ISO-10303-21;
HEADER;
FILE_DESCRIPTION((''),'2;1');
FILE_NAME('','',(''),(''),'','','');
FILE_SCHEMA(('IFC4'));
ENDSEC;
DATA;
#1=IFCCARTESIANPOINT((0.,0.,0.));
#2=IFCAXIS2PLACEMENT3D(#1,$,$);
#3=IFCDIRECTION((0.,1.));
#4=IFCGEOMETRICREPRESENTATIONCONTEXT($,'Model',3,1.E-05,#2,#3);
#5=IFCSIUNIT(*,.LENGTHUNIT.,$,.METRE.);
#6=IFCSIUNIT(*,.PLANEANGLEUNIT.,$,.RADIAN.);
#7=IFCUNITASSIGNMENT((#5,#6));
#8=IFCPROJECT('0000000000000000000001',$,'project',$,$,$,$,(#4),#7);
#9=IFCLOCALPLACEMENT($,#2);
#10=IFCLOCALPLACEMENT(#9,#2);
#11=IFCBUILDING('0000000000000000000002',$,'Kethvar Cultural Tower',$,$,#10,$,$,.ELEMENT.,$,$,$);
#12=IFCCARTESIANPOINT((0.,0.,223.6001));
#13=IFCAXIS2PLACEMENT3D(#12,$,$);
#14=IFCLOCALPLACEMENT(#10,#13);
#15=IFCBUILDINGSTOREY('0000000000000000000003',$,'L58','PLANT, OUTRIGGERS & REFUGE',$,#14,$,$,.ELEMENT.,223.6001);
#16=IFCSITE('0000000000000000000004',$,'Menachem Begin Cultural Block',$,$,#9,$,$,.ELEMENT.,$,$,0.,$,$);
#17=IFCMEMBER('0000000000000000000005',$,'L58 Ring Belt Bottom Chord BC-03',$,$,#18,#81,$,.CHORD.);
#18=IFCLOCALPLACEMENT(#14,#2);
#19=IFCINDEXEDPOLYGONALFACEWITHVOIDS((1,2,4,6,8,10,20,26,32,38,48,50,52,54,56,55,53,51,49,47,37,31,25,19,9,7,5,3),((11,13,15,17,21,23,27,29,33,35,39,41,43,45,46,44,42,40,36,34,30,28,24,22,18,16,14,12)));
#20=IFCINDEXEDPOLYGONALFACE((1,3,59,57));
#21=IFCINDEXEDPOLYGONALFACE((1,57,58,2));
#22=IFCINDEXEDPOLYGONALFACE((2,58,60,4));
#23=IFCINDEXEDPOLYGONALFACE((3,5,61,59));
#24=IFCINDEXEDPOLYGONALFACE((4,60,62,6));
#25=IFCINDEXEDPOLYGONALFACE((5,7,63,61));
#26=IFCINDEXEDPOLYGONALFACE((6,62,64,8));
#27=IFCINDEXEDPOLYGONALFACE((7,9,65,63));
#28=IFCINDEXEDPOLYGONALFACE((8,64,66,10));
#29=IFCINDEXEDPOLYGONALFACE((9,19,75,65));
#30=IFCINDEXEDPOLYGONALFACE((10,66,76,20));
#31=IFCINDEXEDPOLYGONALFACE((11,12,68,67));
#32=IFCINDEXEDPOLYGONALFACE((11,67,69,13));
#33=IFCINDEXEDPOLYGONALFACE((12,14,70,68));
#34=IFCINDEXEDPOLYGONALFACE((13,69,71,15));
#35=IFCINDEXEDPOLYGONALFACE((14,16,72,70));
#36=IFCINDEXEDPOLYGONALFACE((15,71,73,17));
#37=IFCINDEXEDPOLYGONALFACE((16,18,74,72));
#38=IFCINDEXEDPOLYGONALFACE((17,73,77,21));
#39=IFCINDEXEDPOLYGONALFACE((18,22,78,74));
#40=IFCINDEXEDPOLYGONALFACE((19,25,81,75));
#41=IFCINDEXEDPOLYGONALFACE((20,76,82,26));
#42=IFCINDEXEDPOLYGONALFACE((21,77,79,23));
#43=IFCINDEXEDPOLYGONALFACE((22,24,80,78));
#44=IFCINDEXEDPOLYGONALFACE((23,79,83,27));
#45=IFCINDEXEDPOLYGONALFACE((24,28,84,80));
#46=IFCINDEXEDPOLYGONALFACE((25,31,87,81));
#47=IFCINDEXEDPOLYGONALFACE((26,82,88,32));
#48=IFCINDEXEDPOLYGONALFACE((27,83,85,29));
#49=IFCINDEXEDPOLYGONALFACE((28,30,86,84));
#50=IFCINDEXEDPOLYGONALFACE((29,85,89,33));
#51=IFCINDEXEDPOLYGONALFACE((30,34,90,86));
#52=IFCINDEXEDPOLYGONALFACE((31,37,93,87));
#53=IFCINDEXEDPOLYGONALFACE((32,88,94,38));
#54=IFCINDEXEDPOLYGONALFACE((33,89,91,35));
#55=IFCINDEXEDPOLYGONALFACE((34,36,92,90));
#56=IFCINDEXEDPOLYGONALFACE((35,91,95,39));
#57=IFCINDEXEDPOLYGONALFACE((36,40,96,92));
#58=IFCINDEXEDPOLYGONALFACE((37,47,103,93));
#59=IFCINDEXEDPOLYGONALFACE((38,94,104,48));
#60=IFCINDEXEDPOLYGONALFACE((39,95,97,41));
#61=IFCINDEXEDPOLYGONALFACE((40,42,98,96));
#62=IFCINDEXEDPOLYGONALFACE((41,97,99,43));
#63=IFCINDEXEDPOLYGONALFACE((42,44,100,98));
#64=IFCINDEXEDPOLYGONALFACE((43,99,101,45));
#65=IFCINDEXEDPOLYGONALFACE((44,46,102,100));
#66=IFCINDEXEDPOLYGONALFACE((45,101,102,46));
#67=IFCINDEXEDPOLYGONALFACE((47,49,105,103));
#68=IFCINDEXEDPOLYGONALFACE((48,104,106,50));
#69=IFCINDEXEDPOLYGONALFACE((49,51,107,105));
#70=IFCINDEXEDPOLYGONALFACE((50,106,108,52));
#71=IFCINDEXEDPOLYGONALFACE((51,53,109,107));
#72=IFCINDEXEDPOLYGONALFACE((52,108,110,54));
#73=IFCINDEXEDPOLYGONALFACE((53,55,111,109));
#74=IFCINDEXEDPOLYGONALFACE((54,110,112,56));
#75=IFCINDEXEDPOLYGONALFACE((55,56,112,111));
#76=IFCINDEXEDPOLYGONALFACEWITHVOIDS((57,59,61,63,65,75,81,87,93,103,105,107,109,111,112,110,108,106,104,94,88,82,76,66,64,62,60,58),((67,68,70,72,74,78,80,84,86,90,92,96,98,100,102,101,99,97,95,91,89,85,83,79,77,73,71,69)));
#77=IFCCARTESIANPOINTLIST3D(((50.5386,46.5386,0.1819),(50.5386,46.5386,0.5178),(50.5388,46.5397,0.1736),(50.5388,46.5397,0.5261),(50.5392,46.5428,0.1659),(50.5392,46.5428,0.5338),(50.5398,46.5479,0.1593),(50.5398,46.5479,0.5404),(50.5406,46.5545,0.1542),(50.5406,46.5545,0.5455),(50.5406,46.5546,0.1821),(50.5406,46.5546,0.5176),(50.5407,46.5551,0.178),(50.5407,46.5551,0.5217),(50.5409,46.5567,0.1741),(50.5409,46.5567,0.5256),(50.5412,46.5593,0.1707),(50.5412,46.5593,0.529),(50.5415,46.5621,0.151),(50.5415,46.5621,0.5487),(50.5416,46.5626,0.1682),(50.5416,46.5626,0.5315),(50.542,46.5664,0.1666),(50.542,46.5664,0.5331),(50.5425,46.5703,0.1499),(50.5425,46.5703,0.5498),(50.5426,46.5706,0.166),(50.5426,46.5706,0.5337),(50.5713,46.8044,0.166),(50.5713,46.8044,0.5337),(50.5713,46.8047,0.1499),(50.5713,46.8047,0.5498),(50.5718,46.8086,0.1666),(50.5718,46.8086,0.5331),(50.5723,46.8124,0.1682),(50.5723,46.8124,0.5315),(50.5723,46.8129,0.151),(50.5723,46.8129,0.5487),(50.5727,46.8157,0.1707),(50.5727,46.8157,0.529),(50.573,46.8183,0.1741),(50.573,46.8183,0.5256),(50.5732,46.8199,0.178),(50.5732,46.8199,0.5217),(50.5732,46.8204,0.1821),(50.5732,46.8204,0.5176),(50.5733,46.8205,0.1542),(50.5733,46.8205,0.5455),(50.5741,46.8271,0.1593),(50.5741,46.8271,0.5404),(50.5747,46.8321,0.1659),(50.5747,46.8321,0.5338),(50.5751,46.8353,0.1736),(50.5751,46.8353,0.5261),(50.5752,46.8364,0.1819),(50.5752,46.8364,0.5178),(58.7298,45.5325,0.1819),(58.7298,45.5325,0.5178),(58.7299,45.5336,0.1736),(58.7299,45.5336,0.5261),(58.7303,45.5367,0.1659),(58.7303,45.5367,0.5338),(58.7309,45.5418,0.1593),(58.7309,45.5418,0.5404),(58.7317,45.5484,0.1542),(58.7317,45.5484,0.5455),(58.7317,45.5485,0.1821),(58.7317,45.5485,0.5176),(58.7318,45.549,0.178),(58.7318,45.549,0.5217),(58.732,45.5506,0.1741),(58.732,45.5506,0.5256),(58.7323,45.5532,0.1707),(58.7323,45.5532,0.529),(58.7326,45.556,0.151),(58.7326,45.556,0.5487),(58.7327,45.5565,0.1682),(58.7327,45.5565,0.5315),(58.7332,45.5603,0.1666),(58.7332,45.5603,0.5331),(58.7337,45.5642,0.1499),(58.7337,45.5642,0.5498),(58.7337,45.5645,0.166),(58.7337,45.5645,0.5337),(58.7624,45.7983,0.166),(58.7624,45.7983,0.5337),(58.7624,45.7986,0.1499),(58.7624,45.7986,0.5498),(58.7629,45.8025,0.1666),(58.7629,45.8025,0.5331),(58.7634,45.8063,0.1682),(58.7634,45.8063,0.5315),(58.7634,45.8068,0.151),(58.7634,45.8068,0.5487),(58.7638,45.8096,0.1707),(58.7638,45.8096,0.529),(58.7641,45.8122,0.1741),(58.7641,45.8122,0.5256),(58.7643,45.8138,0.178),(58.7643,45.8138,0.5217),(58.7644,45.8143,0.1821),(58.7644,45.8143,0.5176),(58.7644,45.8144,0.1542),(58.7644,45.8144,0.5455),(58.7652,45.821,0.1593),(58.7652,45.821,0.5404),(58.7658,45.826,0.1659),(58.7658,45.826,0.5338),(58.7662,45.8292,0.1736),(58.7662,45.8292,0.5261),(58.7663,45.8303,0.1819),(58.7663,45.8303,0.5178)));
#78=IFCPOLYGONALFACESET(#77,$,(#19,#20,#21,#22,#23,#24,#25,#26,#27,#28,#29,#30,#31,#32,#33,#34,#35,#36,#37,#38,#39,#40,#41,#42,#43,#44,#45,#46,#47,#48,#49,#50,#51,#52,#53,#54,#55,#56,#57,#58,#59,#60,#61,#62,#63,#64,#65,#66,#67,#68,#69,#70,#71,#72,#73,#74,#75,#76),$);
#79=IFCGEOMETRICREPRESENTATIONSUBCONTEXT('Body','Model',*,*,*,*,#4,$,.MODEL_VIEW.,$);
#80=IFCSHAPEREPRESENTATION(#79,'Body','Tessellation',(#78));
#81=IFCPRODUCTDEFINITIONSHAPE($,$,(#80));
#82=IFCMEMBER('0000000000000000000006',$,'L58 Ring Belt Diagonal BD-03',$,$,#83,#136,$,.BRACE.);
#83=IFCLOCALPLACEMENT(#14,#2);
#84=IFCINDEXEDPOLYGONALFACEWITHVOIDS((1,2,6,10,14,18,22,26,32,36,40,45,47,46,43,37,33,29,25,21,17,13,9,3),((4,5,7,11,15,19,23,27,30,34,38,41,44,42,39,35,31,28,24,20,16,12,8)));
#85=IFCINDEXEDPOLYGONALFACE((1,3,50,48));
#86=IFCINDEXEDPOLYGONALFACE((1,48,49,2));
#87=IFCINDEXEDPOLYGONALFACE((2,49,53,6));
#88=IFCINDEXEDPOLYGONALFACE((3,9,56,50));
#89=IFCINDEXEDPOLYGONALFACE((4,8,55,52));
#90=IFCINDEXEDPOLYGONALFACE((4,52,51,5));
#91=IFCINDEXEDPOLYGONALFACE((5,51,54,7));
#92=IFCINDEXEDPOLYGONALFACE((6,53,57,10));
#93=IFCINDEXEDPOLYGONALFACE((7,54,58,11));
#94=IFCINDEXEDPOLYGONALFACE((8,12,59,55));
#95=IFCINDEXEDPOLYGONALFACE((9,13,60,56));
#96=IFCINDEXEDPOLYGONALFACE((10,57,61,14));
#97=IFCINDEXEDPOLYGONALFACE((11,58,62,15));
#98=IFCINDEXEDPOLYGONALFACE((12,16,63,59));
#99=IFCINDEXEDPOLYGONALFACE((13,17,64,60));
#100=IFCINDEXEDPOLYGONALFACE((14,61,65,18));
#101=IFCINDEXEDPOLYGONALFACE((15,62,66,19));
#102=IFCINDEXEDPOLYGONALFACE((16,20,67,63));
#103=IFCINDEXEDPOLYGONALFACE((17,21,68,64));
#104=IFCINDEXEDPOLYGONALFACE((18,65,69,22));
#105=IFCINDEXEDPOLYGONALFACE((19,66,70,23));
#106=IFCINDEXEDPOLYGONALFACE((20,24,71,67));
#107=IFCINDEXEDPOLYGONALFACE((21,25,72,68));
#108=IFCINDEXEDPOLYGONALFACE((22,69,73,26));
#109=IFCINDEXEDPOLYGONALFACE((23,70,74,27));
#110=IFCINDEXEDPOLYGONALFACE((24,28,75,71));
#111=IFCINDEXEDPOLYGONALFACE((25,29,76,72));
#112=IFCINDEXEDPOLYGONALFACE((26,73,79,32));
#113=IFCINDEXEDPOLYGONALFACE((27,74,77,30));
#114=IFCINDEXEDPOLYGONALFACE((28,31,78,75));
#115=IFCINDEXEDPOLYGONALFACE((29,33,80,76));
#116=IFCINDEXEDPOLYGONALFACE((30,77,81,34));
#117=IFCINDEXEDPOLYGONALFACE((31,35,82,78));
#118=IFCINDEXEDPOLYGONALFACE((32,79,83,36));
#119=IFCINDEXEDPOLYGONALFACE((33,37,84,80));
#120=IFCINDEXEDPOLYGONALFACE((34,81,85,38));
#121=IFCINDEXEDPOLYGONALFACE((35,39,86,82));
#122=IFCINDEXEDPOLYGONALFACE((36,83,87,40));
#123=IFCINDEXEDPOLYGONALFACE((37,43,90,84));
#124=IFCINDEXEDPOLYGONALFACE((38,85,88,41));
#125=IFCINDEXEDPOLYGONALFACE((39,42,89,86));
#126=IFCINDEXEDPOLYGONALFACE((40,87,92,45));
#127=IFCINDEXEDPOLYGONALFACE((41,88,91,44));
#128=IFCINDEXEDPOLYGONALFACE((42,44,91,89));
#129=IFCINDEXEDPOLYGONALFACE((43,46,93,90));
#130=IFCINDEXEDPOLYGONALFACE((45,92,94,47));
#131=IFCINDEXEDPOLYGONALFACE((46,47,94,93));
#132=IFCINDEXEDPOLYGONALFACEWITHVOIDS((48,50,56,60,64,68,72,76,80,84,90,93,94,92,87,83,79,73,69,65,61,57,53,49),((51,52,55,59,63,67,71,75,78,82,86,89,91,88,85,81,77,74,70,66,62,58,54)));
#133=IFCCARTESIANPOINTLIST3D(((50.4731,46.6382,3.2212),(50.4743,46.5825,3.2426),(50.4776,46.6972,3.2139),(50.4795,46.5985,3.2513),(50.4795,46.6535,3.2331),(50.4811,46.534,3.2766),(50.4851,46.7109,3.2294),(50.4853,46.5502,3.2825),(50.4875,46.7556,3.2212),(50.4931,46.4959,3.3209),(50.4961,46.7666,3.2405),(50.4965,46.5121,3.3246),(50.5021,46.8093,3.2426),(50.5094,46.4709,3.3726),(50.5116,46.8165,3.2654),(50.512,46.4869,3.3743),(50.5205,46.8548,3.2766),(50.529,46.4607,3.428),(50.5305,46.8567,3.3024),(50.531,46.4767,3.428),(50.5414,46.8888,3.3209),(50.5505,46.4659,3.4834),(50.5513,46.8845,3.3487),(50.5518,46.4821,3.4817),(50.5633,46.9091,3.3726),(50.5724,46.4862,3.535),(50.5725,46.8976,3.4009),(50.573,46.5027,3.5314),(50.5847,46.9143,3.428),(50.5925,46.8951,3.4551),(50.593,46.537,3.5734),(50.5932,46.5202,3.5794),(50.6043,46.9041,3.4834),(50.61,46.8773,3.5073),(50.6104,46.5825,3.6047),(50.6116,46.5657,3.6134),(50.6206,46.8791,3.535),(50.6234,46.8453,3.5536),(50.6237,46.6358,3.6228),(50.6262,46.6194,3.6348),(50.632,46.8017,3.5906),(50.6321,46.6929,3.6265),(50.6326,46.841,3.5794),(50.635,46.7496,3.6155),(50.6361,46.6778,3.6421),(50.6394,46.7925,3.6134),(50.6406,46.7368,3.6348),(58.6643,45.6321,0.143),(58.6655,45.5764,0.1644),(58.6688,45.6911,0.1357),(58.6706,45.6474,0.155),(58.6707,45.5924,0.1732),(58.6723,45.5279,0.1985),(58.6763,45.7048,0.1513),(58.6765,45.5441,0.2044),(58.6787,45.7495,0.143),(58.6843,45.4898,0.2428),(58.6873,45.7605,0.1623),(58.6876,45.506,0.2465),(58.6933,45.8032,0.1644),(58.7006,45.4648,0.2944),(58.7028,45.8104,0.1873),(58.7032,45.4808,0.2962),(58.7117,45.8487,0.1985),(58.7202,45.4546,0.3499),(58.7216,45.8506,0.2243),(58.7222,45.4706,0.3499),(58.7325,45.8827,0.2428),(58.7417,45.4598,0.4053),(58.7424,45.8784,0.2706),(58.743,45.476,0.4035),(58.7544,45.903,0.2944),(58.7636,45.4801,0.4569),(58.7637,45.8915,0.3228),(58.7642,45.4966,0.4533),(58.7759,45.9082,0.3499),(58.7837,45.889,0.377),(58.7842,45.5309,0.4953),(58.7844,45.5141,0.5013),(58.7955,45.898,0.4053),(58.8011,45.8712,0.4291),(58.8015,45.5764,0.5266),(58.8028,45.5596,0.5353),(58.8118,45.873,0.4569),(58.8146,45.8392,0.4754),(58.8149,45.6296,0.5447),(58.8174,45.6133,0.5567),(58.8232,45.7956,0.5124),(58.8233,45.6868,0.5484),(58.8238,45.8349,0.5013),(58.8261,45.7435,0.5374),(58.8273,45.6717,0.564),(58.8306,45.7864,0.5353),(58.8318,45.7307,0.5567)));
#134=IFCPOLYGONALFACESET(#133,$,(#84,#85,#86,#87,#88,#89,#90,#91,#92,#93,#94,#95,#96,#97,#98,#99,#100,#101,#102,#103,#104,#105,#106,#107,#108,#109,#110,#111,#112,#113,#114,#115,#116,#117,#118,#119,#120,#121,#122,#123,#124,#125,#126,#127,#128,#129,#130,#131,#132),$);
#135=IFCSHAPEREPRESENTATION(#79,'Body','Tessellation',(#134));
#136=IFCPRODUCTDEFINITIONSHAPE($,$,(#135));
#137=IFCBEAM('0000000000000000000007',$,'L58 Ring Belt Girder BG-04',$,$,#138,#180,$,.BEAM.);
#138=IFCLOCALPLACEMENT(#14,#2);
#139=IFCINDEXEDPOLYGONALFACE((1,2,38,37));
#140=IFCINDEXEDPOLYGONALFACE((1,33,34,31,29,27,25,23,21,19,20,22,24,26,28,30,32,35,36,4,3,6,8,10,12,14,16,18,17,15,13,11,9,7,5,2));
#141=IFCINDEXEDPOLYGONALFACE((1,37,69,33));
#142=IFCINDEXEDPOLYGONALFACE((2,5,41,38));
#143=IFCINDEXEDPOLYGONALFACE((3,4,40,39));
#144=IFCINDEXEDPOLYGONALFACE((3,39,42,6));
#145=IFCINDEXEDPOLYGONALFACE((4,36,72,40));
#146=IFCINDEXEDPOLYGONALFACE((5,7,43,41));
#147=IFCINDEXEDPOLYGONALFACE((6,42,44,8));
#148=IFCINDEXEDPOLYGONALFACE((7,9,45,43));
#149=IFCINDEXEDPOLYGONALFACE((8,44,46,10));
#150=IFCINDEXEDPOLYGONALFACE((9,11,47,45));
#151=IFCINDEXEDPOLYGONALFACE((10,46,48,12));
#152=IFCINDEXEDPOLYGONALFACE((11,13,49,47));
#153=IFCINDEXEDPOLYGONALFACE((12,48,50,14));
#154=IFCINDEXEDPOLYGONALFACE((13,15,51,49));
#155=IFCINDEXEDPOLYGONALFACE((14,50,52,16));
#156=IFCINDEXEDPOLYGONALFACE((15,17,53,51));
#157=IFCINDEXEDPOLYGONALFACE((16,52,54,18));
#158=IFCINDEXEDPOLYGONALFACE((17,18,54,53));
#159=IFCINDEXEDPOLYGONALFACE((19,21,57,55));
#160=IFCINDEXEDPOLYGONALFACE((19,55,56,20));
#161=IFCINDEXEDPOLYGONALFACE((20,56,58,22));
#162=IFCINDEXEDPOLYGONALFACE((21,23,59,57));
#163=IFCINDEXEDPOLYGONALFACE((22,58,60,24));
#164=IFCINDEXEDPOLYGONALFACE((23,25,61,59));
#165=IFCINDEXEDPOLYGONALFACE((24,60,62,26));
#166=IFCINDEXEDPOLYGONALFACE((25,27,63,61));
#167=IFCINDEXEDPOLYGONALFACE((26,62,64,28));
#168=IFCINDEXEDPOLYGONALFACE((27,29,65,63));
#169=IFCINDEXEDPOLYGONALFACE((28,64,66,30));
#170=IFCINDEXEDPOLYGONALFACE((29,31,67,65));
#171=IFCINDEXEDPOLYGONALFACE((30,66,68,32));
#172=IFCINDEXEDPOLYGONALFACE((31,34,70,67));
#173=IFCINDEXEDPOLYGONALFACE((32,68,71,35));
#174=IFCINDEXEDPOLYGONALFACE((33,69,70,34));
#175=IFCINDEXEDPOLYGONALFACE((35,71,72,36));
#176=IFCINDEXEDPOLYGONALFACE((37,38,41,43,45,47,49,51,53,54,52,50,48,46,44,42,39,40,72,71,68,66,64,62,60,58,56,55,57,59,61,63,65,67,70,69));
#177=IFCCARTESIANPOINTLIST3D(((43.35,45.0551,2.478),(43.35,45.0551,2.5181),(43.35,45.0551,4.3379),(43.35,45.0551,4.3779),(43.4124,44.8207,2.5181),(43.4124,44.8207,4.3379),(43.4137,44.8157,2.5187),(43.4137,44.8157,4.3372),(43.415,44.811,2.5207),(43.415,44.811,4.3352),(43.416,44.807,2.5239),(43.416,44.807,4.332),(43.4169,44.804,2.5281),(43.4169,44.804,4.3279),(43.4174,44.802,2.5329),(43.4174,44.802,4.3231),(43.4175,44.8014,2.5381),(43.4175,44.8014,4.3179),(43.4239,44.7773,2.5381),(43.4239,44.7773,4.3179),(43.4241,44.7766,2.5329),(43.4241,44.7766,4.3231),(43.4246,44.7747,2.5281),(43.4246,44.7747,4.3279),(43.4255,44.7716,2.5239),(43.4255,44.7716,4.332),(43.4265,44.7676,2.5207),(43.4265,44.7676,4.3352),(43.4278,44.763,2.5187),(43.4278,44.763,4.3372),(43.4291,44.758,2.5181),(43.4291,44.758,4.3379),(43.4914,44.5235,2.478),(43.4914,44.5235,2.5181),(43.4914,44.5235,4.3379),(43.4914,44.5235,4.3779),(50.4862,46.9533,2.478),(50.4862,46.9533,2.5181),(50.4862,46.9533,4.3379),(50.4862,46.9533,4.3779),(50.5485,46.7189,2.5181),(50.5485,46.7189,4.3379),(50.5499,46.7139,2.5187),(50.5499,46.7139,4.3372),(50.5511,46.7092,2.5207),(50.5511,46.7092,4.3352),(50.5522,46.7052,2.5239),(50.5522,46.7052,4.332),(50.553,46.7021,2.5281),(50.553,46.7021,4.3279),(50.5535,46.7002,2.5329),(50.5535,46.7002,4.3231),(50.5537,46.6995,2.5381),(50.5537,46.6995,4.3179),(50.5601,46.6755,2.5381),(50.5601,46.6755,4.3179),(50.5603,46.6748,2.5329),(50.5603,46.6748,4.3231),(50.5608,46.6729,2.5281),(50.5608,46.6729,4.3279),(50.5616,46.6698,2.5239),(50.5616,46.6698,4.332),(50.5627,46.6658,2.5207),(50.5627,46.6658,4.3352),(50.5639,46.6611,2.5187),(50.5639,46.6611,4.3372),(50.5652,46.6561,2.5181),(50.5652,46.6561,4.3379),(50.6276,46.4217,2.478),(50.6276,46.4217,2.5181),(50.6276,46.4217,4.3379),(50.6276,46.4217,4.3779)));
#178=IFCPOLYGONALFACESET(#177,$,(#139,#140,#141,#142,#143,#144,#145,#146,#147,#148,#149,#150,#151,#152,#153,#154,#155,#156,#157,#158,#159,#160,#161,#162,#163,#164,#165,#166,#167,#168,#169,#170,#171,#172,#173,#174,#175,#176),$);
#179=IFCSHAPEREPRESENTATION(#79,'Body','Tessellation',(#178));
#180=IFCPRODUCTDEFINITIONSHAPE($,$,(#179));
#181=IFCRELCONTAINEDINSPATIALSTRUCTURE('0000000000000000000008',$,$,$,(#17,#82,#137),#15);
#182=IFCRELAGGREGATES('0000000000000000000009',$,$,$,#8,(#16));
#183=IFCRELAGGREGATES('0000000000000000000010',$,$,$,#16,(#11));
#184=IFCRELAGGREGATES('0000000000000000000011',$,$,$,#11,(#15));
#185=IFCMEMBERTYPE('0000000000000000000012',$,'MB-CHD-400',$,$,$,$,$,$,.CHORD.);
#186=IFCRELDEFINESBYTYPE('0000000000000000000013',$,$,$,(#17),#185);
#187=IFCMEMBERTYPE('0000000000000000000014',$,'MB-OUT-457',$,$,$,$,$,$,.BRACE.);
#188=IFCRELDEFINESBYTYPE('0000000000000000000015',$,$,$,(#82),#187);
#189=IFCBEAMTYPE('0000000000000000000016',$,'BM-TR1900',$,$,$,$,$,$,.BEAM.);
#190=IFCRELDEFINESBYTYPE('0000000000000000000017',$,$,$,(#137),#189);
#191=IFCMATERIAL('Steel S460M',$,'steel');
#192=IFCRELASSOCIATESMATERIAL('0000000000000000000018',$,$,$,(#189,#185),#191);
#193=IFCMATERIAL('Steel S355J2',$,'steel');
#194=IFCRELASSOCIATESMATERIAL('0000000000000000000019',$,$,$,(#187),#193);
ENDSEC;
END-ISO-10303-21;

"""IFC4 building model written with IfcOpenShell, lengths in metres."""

from ifc_helpers import new_model, si_unit, direction, frame, origin, origin_2d, place, context, subcontext, project, spatial, hollow_rectangle, hollow_circle, i_section, extrude, source, transform, mapped, material, material_profile, profile_set, type_object, element, save


model = new_model("IFC4")

# Units and contexts
model_context = context("Model", 3, precision=1e-05, world=origin(), true_north=direction((0.0, 1.0)))
body_context = subcontext(model_context, "Body", "Model", "MODEL_VIEW")
ifc_project = project(units=[si_unit("LENGTHUNIT", "METRE"), si_unit("PLANEANGLEUNIT", "RADIAN")], contexts=[model_context])

# Site, building, storey
site_placement = place(None, origin())
site = spatial("IfcSite", under=ifc_project, at=site_placement, Name="Menachem Begin Cultural Block", CompositionType="ELEMENT", RefElevation=0.0)
building_placement = place(site_placement, origin())
building = spatial("IfcBuilding", under=site, at=building_placement, Name="Kethvar Cultural Tower", CompositionType="ELEMENT")
storey_placement = place(building_placement, frame((0.0, 0.0, 223.6001)))
storey = spatial("IfcBuildingStorey", under=building, at=storey_placement, Name="L58", Description="PLANT, OUTRIGGERS & REFUGE", CompositionType="ELEMENT", Elevation=223.6001)

# Shared definitions
ifc_material_1 = material(Name="Steel S460M", Category="steel")

# Shared definitions
ifc_material_profile_1 = material_profile(ifc_material_1, i_section(OverallWidth=0.55, OverallDepth=1.8999, WebThickness=0.0249, FlangeThickness=0.04, FilletRadius=0.02, at=origin_2d()), Name="Steel S460M — PG1900x550x40x25")
ifc_profile_set_1 = profile_set([ifc_material_profile_1], Name="Steel S460M — PG1900x550x40x25")
beam_type = type_object("IfcBeamType", Name="BM-TR1900", PredefinedType="BEAM", material=ifc_profile_set_1)

# Members
ifc_material_profile_2 = material_profile(ifc_material_1, hollow_rectangle(XDim=0.3, YDim=0.3999, WallThickness=0.0161, InnerFilletRadius=0.0161, OuterFilletRadius=0.032, at=origin_2d()), Name="Steel S460M — RHS400x300x16")
ifc_profile_set_2 = profile_set([ifc_material_profile_2], Name="Steel S460M — RHS400x300x16")
member_type_1 = type_object("IfcMemberType", Name="MB-CHD-400", PredefinedType="CHORD", material=ifc_profile_set_2)
shared_shape_1 = source(origin(), body_context, "Body", "SweptSolid", [
    extrude(hollow_rectangle(XDim=0.3, YDim=0.3999, WallThickness=0.0161, InnerFilletRadius=0.0161, OuterFilletRadius=0.032, at=origin_2d()), origin(), (0.0, 0.0, 1.0), 8.2527),
])
member_1_placement = place(storey_placement, frame((58.748, 45.6814, 0.3499), z_axis=(-0.992541, 0.121912, 0.0), x_axis=(-0.121912, -0.992541, 0.0)))
element("IfcMember", 1, at=member_1_placement, inside=storey, type_object=member_type_1, Name="L58 Ring Belt Bottom Chord BC-03", PredefinedType="CHORD", context=body_context, shape_type="MappedRepresentation", body=[
    mapped(shared_shape_1, transform((0.0, 0.0, 0.0), scale=1.0)),
])
ifc_material_2 = material(Name="Steel S355J2", Category="steel")
ifc_material_profile_3 = material_profile(ifc_material_2, hollow_circle(Radius=0.2285, WallThickness=0.0161, at=origin_2d()), Name="Steel S355J2 — CHS457x16")
ifc_profile_set_3 = profile_set([ifc_material_profile_3], Name="Steel S355J2 — CHS457x16")
member_type_2 = type_object("IfcMemberType", Name="MB-OUT-457", PredefinedType="BRACE", material=ifc_profile_set_3)
shared_shape_2 = source(origin(), body_context, "Body", "SweptSolid", [
    extrude(hollow_circle(Radius=0.2285, WallThickness=0.0161, at=origin_2d()), origin(), (0.0, 0.0, 1.0), 8.8081),
])
member_2_placement = place(storey_placement, frame((58.748, 45.6814, 0.3499), z_axis=(-0.92996, 0.114225, 0.349466), x_axis=(-0.121912, -0.992541, 0.0)))
element("IfcMember", 2, at=member_2_placement, inside=storey, type_object=member_type_2, Name="L58 Ring Belt Diagonal BD-03", PredefinedType="BRACE", context=body_context, shape_type="MappedRepresentation", body=[
    mapped(shared_shape_2, transform((0.0, 0.0, 0.0), scale=1.0)),
])

# Beam
shared_shape_3 = source(origin(), body_context, "Body", "SweptSolid", [
    extrude(i_section(OverallWidth=0.55, OverallDepth=1.8999, WebThickness=0.0249, FlangeThickness=0.04, FilletRadius=0.02, at=origin_2d()), origin(), (0.0, 0.0, 1.0), 7.3843),
])
beam_1_placement = place(storey_placement, frame((50.5569, 46.6875, 3.428), z_axis=(-0.966397, -0.257056, 0.0), x_axis=(0.257056, -0.966397, 0.0)))
element("IfcBeam", 3, at=beam_1_placement, inside=storey, type_object=beam_type, Name="L58 Ring Belt Girder BG-04", PredefinedType="BEAM", context=body_context, shape_type="MappedRepresentation", body=[
    mapped(shared_shape_3, transform((0.0, 0.0, 0.0), scale=1.0)),
])

save(model, "model.ifc")
